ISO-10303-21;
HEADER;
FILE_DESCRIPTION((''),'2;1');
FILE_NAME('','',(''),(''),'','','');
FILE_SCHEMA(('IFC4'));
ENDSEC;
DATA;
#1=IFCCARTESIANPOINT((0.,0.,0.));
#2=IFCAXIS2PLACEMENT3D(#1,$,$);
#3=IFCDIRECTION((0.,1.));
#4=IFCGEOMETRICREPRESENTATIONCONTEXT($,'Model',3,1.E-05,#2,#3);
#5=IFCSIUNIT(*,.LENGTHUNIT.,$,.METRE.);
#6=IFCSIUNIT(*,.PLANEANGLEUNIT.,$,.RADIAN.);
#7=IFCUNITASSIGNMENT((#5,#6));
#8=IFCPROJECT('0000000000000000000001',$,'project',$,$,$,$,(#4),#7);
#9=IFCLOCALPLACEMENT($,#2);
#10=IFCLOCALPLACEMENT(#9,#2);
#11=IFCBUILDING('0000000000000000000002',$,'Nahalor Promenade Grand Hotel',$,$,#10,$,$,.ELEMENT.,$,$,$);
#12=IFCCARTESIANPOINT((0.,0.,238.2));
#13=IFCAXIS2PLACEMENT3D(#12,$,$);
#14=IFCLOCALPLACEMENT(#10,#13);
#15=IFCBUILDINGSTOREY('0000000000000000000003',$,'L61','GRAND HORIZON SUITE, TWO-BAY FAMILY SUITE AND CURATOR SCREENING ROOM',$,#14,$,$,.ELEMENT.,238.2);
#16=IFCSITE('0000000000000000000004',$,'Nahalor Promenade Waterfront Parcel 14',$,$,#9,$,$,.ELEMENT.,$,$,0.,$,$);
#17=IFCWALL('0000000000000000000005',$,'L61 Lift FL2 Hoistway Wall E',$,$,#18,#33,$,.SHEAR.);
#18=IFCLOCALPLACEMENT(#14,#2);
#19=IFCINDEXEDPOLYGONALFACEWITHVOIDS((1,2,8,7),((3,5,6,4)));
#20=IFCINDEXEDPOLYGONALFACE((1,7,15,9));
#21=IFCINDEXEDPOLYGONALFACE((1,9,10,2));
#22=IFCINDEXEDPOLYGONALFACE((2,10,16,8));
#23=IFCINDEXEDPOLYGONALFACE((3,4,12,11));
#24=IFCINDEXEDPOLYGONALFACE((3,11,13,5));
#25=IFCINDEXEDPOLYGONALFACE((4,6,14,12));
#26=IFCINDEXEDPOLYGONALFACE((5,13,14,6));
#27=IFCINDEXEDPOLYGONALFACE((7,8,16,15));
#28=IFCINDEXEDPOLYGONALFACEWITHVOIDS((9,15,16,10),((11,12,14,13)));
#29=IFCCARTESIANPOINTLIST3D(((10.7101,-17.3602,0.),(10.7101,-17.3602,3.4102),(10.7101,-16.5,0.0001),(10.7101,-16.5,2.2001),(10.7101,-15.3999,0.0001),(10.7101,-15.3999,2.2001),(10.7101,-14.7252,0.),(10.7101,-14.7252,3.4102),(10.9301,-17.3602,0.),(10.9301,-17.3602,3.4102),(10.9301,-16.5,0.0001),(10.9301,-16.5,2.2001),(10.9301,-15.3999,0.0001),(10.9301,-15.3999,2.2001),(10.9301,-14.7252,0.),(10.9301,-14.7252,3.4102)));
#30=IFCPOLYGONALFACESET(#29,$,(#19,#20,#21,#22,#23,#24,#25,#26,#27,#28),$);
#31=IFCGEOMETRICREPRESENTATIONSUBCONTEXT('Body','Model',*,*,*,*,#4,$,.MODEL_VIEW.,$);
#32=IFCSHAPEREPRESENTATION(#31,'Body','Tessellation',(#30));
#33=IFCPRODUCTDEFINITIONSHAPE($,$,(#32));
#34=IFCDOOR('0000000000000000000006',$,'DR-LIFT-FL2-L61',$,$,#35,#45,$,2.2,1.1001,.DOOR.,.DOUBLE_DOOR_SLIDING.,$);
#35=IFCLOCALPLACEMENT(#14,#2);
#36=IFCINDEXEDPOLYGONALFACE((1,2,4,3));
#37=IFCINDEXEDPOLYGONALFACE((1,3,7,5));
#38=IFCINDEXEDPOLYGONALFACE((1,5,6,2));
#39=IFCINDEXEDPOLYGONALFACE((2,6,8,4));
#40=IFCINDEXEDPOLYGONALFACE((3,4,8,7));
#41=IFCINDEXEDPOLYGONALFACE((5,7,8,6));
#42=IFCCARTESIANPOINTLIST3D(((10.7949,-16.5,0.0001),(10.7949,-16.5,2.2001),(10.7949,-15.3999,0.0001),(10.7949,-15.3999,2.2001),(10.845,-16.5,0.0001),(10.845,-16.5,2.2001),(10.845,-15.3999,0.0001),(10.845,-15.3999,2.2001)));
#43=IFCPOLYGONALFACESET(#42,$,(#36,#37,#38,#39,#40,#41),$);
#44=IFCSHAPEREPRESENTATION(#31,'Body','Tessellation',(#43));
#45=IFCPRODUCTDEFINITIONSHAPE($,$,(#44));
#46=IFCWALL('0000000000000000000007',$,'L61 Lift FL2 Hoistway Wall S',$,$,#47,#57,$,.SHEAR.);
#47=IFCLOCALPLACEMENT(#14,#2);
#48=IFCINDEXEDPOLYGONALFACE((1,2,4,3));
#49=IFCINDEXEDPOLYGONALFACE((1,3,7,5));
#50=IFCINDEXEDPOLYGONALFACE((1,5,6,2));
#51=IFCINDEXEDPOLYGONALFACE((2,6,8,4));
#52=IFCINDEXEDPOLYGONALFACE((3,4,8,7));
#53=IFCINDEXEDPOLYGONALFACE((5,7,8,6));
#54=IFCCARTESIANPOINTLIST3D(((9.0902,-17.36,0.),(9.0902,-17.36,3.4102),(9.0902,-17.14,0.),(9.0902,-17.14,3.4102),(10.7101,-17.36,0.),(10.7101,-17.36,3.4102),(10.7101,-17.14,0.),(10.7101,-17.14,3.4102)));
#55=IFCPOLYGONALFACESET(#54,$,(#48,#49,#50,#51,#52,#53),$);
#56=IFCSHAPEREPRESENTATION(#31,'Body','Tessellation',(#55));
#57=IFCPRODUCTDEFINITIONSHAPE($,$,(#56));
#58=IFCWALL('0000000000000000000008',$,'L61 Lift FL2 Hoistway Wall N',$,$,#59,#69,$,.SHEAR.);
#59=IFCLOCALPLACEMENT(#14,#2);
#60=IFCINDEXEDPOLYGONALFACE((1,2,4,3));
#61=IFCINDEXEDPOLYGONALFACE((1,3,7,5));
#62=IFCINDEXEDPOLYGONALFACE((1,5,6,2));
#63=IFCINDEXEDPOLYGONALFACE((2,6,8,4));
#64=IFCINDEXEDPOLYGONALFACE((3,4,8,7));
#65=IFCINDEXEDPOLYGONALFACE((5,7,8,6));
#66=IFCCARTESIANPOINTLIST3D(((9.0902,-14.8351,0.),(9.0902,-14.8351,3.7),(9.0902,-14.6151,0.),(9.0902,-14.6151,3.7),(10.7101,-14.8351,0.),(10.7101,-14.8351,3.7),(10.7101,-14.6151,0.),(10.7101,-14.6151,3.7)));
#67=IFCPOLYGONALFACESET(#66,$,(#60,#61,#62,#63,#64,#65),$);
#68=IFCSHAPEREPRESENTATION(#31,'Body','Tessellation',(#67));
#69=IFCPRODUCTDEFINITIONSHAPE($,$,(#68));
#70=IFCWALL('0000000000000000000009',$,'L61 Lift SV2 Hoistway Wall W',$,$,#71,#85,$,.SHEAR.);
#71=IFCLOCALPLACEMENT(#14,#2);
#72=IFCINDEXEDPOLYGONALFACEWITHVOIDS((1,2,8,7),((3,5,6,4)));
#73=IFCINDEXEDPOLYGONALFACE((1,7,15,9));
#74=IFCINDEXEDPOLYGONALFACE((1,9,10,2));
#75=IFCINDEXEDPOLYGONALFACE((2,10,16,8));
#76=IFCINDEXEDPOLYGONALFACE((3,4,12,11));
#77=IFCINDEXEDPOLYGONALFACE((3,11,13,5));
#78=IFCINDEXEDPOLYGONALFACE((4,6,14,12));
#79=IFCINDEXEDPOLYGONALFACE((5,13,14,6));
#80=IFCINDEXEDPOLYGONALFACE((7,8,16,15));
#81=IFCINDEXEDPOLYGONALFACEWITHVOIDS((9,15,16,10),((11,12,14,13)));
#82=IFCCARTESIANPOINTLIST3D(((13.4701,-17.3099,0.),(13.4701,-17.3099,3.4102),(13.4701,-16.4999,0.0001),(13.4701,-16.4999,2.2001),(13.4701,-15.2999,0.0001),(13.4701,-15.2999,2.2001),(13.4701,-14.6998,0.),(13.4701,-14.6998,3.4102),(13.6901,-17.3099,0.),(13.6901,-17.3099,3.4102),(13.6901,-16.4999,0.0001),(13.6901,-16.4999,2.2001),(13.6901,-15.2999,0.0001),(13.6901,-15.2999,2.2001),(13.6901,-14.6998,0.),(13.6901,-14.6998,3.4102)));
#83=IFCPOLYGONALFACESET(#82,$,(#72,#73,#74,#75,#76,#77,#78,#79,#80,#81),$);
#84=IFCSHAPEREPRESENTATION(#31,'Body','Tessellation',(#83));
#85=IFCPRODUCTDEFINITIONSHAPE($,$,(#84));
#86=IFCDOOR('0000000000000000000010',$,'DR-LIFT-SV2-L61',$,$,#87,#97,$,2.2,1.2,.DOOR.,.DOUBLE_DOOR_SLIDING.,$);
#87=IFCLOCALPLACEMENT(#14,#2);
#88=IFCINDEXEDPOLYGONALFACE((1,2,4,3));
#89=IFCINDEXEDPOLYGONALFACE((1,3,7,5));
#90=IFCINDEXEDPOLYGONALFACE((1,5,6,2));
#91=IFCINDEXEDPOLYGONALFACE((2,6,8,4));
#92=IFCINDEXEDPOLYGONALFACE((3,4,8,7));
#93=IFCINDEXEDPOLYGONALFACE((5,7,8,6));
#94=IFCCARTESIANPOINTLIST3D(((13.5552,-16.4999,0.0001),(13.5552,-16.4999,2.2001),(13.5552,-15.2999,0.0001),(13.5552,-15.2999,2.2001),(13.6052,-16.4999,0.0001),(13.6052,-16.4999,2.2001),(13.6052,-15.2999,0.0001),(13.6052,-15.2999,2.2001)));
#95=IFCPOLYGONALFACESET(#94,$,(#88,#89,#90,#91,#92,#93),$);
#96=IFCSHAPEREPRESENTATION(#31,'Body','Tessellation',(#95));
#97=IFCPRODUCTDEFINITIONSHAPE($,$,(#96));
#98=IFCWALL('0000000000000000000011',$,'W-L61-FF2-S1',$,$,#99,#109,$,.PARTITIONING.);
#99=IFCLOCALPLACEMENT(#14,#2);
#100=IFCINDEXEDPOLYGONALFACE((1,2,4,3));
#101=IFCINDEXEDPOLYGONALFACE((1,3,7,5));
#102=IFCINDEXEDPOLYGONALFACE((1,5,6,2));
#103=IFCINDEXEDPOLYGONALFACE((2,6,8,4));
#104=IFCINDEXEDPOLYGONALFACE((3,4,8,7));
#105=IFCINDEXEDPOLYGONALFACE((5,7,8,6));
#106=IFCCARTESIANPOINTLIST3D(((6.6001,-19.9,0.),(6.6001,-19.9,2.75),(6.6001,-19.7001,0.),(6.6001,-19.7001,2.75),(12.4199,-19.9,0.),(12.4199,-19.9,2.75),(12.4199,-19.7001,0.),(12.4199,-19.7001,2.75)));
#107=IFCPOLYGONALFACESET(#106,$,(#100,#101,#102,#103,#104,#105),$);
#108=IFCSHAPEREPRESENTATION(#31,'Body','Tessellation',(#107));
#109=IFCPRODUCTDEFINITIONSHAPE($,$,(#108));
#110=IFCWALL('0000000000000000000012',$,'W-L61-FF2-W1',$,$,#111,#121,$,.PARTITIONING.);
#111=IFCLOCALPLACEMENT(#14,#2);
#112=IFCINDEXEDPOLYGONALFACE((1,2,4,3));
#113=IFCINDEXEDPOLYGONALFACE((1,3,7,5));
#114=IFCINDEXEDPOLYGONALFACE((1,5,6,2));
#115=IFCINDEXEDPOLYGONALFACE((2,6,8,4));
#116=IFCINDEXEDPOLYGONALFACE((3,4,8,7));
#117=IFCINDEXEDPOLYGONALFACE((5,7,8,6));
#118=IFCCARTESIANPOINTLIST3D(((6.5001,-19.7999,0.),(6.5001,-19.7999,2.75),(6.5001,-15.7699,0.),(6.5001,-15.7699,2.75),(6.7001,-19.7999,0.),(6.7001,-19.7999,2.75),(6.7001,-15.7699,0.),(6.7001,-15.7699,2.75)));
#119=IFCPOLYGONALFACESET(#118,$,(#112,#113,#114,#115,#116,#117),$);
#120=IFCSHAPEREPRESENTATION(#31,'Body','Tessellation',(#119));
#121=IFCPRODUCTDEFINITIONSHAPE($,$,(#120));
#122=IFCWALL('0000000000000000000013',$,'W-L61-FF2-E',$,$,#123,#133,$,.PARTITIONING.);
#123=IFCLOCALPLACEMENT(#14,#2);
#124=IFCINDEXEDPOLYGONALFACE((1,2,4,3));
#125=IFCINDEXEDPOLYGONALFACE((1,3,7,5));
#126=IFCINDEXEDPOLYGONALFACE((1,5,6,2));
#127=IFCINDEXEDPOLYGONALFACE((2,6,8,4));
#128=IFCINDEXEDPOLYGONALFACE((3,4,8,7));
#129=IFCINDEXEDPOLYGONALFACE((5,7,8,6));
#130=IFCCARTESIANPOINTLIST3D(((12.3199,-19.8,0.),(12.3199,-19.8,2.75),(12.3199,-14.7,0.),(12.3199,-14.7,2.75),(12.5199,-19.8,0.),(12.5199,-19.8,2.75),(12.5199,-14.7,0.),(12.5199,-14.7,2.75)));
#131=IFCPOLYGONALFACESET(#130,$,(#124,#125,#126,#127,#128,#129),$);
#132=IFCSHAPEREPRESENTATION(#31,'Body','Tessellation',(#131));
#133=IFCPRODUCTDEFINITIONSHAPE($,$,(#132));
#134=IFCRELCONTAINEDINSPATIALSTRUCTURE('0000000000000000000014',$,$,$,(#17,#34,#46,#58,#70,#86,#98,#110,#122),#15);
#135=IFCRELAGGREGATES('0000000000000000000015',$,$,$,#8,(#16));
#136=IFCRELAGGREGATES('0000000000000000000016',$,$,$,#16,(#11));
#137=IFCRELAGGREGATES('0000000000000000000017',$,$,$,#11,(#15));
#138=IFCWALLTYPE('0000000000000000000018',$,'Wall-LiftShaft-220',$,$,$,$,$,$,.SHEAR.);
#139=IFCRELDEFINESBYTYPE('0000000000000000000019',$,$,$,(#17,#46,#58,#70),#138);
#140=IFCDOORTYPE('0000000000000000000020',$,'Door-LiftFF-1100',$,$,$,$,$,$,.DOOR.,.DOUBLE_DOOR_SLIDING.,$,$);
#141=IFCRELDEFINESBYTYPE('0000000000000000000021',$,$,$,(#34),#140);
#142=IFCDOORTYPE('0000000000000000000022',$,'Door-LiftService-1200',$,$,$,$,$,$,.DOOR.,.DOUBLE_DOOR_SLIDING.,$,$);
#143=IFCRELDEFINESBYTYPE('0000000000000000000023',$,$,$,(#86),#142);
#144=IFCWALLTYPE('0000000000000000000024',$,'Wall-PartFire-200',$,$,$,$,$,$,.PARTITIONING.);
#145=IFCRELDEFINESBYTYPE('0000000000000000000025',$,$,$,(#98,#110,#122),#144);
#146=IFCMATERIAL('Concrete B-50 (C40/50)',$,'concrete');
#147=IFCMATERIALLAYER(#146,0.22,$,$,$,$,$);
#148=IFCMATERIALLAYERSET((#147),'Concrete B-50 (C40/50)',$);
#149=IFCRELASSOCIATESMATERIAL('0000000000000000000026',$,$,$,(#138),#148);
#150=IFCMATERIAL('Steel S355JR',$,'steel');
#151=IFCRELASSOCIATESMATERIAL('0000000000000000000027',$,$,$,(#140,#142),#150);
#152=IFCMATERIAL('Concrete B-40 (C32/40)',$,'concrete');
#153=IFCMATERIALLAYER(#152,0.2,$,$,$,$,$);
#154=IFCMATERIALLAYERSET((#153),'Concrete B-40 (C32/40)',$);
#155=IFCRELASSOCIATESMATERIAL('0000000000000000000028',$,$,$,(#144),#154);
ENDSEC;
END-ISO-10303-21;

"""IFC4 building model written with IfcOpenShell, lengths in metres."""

from ifc_helpers import new_model, si_unit, direction, frame, frame_2d, origin, place, context, subcontext, project, spatial, rectangle, extrude, source, transform, mapped, material, layer, layer_set, type_object, element, fill, save


model = new_model("IFC4")

# Units and contexts
model_context = context("Model", 3, precision=1e-05, world=origin(), true_north=direction((0.0, 1.0)))
body_context = subcontext(model_context, "Body", "Model", "MODEL_VIEW")
ifc_project = project(units=[si_unit("LENGTHUNIT", "METRE"), si_unit("PLANEANGLEUNIT", "RADIAN")], contexts=[model_context])

# Site, building, storey
site_placement = place(None, origin())
site = spatial("IfcSite", under=ifc_project, at=site_placement, Name="Nahalor Promenade Waterfront Parcel 14", CompositionType="ELEMENT", RefElevation=0.0)
building_placement = place(site_placement, origin())
building = spatial("IfcBuilding", under=site, at=building_placement, Name="Nahalor Promenade Grand Hotel", CompositionType="ELEMENT")
storey_placement = place(building_placement, frame((0.0, 0.0, 238.2)))
storey = spatial("IfcBuildingStorey", under=building, at=storey_placement, Name="L61", Description="GRAND HORIZON SUITE, TWO-BAY FAMILY SUITE AND CURATOR SCREENING ROOM", CompositionType="ELEMENT", Elevation=238.2)

# Shared definitions
ifc_material_1 = material(Name="Steel S355JR", Category="steel")

# Shared definitions
ifc_material_2 = material(Name="Concrete B-50 (C40/50)", Category="concrete")

# Shared definitions
ifc_layer_1 = layer(ifc_material_2, 0.22)
ifc_layer_set_1 = layer_set([ifc_layer_1], Name="Concrete B-50 (C40/50)")
wall_type_1 = type_object("IfcWallType", Name="Wall-LiftShaft-220", PredefinedType="SHEAR", material=ifc_layer_set_1)
shared_shape_1 = source(origin(), body_context, "Body", "SweptSolid", [
    extrude(rectangle(XDim=2.635, YDim=0.22, at=frame_2d((1.3174, 0.0))), origin(), (0.0, 0.0, 1.0), 3.4102),
])

# Wall, opening, door
wall_1_placement = place(storey_placement, frame((10.8201, -17.3601, 0.0), z_axis=(0.0, 0.0, 1.0), x_axis=(0.0, 1.0, 0.0)))
wall_1 = element("IfcWall", 1, at=wall_1_placement, inside=storey, type_object=wall_type_1, Name="L61 Lift FL2 Hoistway Wall E", PredefinedType="SHEAR", context=body_context, shape_type="MappedRepresentation", body=[
    mapped(shared_shape_1, transform((0.0, 0.0, 0.0), scale=1.0)),
])
opening_1_placement = place(wall_1_placement, frame((0.8601, 0.0, 0.0)))
opening_1 = element("IfcOpeningElement", 2, at=opening_1_placement, cuts=wall_1, PredefinedType="OPENING", context=body_context, shape_type="SweptSolid", body=[
    extrude(rectangle(XDim=1.1001, YDim=2.2, at=frame_2d((0.55, 1.1001))), frame((0.0, 0.1199, 0.0), z_axis=(0.0, -1.0, 0.0), x_axis=(1.0, 0.0, 0.0)), (0.0, 0.0, 1.0), 0.24),
])
door_type_1 = type_object("IfcDoorType", Name="Door-LiftFF-1100", OperationType="DOUBLE_DOOR_SLIDING", PredefinedType="DOOR", material=ifc_material_1)
shared_shape_2 = source(origin(), body_context, "Body", "SweptSolid", [
    extrude(rectangle(XDim=1.1001, YDim=2.2, at=frame_2d((0.55, 1.1001))), frame((0.0, 0.0249, 0.0), z_axis=(0.0, -1.0, 0.0), x_axis=(1.0, 0.0, 0.0)), (0.0, 0.0, 1.0), 0.05),
])
door_1_placement = place(opening_1_placement, frame((1.1001, 0.0, 0.0), z_axis=(0.0, 0.0, 1.0), x_axis=(-1.0, 0.0, 0.0)))
door_1 = element("IfcDoor", 3, at=door_1_placement, inside=storey, type_object=door_type_1, Name="DR-LIFT-FL2-L61", OperationType="DOUBLE_DOOR_SLIDING", OverallHeight=2.2, OverallWidth=1.1001, PredefinedType="DOOR", context=body_context, shape_type="MappedRepresentation", body=[
    mapped(shared_shape_2, transform((0.0, 0.0, 0.0), scale=1.0)),
])
fill(opening_1, door_1)

# Walls
shared_shape_3 = source(origin(), body_context, "Body", "SweptSolid", [
    extrude(rectangle(XDim=1.6199, YDim=0.22, at=frame_2d((0.8101, 0.0))), origin(), (0.0, 0.0, 1.0), 3.4102),
])
wall_2_placement = place(storey_placement, frame((9.0901, -17.25, 0.0), z_axis=(0.0, 0.0, 1.0), x_axis=(1.0, 0.0, 0.0)))
element("IfcWall", 4, at=wall_2_placement, inside=storey, type_object=wall_type_1, Name="L61 Lift FL2 Hoistway Wall S", PredefinedType="SHEAR", context=body_context, shape_type="MappedRepresentation", body=[
    mapped(shared_shape_3, transform((0.0, 0.0, 0.0), scale=1.0)),
])
shared_shape_4 = source(origin(), body_context, "Body", "SweptSolid", [
    extrude(rectangle(XDim=1.6199, YDim=0.22, at=frame_2d((0.8101, 0.0))), origin(), (0.0, 0.0, 1.0), 3.7),
])
wall_3_placement = place(storey_placement, frame((9.0901, -14.7251, 0.0), z_axis=(0.0, 0.0, 1.0), x_axis=(1.0, 0.0, 0.0)))
element("IfcWall", 5, at=wall_3_placement, inside=storey, type_object=wall_type_1, Name="L61 Lift FL2 Hoistway Wall N", PredefinedType="SHEAR", context=body_context, shape_type="MappedRepresentation", body=[
    mapped(shared_shape_4, transform((0.0, 0.0, 0.0), scale=1.0)),
])

# Wall, opening, door
shared_shape_5 = source(origin(), body_context, "Body", "SweptSolid", [
    extrude(rectangle(XDim=2.6101, YDim=0.22, at=frame_2d((1.3052, 0.0))), origin(), (0.0, 0.0, 1.0), 3.4102),
])
wall_4_placement = place(storey_placement, frame((13.5801, -17.3101, 0.0), z_axis=(0.0, 0.0, 1.0), x_axis=(0.0, 1.0, 0.0)))
wall_4 = element("IfcWall", 6, at=wall_4_placement, inside=storey, type_object=wall_type_1, Name="L61 Lift SV2 Hoistway Wall W", PredefinedType="SHEAR", context=body_context, shape_type="MappedRepresentation", body=[
    mapped(shared_shape_5, transform((0.0, 0.0, 0.0), scale=1.0)),
])
opening_2_placement = place(wall_4_placement, frame((0.8101, 0.0, 0.0)))
opening_2 = element("IfcOpeningElement", 7, at=opening_2_placement, cuts=wall_4, PredefinedType="OPENING", context=body_context, shape_type="SweptSolid", body=[
    extrude(rectangle(XDim=1.2, YDim=2.2, at=frame_2d((0.6001, 1.1001))), frame((0.0, 0.1199, 0.0), z_axis=(0.0, -1.0, 0.0), x_axis=(1.0, 0.0, 0.0)), (0.0, 0.0, 1.0), 0.24),
])
door_type_2 = type_object("IfcDoorType", Name="Door-LiftService-1200", OperationType="DOUBLE_DOOR_SLIDING", PredefinedType="DOOR", material=ifc_material_1)
shared_shape_6 = source(origin(), body_context, "Body", "SweptSolid", [
    extrude(rectangle(XDim=1.2, YDim=2.2, at=frame_2d((0.6001, 1.1001))), frame((0.0, 0.0249, 0.0), z_axis=(0.0, -1.0, 0.0), x_axis=(1.0, 0.0, 0.0)), (0.0, 0.0, 1.0), 0.05),
])
door_2_placement = place(opening_2_placement, origin())
door_2 = element("IfcDoor", 8, at=door_2_placement, inside=storey, type_object=door_type_2, Name="DR-LIFT-SV2-L61", OperationType="DOUBLE_DOOR_SLIDING", OverallHeight=2.2, OverallWidth=1.2, PredefinedType="DOOR", context=body_context, shape_type="MappedRepresentation", body=[
    mapped(shared_shape_6, transform((0.0, 0.0, 0.0), scale=1.0)),
])
fill(opening_2, door_2)

# Walls
ifc_material_3 = material(Name="Concrete B-40 (C32/40)", Category="concrete")
ifc_layer_2 = layer(ifc_material_3, 0.2)
ifc_layer_set_2 = layer_set([ifc_layer_2], Name="Concrete B-40 (C32/40)")
wall_type_2 = type_object("IfcWallType", Name="Wall-PartFire-200", PredefinedType="PARTITIONING", material=ifc_layer_set_2)
shared_shape_7 = source(origin(), body_context, "Body", "SweptSolid", [
    extrude(rectangle(XDim=5.8198, YDim=0.2, at=frame_2d((2.9099, 0.0))), origin(), (0.0, 0.0, 1.0), 2.75),
])
wall_5_placement = place(storey_placement, frame((6.6001, -19.8, 0.0), z_axis=(0.0, 0.0, 1.0), x_axis=(1.0, 0.0, 0.0)))
element("IfcWall", 9, at=wall_5_placement, inside=storey, type_object=wall_type_2, Name="W-L61-FF2-S1", PredefinedType="PARTITIONING", context=body_context, shape_type="MappedRepresentation", body=[
    mapped(shared_shape_7, transform((0.0, 0.0, 0.0), scale=1.0)),
])
shared_shape_8 = source(origin(), body_context, "Body", "SweptSolid", [
    extrude(rectangle(XDim=4.03, YDim=0.2, at=frame_2d((2.0151, 0.0))), origin(), (0.0, 0.0, 1.0), 2.75),
])
wall_6_placement = place(storey_placement, frame((6.6001, -19.8, 0.0), z_axis=(0.0, 0.0, 1.0), x_axis=(0.0, 1.0, 0.0)))
element("IfcWall", 10, at=wall_6_placement, inside=storey, type_object=wall_type_2, Name="W-L61-FF2-W1", PredefinedType="PARTITIONING", context=body_context, shape_type="MappedRepresentation", body=[
    mapped(shared_shape_8, transform((0.0, 0.0, 0.0), scale=1.0)),
])
shared_shape_9 = source(origin(), body_context, "Body", "SweptSolid", [
    extrude(rectangle(XDim=5.1001, YDim=0.2, at=frame_2d((2.55, 0.0))), origin(), (0.0, 0.0, 1.0), 2.75),
])
wall_7_placement = place(storey_placement, frame((12.4199, -19.8, 0.0), z_axis=(0.0, 0.0, 1.0), x_axis=(0.0, 1.0, 0.0)))
element("IfcWall", 11, at=wall_7_placement, inside=storey, type_object=wall_type_2, Name="W-L61-FF2-E", PredefinedType="PARTITIONING", context=body_context, shape_type="MappedRepresentation", body=[
    mapped(shared_shape_9, transform((0.0, 0.0, 0.0), scale=1.0)),
])

save(model, "model.ifc")
